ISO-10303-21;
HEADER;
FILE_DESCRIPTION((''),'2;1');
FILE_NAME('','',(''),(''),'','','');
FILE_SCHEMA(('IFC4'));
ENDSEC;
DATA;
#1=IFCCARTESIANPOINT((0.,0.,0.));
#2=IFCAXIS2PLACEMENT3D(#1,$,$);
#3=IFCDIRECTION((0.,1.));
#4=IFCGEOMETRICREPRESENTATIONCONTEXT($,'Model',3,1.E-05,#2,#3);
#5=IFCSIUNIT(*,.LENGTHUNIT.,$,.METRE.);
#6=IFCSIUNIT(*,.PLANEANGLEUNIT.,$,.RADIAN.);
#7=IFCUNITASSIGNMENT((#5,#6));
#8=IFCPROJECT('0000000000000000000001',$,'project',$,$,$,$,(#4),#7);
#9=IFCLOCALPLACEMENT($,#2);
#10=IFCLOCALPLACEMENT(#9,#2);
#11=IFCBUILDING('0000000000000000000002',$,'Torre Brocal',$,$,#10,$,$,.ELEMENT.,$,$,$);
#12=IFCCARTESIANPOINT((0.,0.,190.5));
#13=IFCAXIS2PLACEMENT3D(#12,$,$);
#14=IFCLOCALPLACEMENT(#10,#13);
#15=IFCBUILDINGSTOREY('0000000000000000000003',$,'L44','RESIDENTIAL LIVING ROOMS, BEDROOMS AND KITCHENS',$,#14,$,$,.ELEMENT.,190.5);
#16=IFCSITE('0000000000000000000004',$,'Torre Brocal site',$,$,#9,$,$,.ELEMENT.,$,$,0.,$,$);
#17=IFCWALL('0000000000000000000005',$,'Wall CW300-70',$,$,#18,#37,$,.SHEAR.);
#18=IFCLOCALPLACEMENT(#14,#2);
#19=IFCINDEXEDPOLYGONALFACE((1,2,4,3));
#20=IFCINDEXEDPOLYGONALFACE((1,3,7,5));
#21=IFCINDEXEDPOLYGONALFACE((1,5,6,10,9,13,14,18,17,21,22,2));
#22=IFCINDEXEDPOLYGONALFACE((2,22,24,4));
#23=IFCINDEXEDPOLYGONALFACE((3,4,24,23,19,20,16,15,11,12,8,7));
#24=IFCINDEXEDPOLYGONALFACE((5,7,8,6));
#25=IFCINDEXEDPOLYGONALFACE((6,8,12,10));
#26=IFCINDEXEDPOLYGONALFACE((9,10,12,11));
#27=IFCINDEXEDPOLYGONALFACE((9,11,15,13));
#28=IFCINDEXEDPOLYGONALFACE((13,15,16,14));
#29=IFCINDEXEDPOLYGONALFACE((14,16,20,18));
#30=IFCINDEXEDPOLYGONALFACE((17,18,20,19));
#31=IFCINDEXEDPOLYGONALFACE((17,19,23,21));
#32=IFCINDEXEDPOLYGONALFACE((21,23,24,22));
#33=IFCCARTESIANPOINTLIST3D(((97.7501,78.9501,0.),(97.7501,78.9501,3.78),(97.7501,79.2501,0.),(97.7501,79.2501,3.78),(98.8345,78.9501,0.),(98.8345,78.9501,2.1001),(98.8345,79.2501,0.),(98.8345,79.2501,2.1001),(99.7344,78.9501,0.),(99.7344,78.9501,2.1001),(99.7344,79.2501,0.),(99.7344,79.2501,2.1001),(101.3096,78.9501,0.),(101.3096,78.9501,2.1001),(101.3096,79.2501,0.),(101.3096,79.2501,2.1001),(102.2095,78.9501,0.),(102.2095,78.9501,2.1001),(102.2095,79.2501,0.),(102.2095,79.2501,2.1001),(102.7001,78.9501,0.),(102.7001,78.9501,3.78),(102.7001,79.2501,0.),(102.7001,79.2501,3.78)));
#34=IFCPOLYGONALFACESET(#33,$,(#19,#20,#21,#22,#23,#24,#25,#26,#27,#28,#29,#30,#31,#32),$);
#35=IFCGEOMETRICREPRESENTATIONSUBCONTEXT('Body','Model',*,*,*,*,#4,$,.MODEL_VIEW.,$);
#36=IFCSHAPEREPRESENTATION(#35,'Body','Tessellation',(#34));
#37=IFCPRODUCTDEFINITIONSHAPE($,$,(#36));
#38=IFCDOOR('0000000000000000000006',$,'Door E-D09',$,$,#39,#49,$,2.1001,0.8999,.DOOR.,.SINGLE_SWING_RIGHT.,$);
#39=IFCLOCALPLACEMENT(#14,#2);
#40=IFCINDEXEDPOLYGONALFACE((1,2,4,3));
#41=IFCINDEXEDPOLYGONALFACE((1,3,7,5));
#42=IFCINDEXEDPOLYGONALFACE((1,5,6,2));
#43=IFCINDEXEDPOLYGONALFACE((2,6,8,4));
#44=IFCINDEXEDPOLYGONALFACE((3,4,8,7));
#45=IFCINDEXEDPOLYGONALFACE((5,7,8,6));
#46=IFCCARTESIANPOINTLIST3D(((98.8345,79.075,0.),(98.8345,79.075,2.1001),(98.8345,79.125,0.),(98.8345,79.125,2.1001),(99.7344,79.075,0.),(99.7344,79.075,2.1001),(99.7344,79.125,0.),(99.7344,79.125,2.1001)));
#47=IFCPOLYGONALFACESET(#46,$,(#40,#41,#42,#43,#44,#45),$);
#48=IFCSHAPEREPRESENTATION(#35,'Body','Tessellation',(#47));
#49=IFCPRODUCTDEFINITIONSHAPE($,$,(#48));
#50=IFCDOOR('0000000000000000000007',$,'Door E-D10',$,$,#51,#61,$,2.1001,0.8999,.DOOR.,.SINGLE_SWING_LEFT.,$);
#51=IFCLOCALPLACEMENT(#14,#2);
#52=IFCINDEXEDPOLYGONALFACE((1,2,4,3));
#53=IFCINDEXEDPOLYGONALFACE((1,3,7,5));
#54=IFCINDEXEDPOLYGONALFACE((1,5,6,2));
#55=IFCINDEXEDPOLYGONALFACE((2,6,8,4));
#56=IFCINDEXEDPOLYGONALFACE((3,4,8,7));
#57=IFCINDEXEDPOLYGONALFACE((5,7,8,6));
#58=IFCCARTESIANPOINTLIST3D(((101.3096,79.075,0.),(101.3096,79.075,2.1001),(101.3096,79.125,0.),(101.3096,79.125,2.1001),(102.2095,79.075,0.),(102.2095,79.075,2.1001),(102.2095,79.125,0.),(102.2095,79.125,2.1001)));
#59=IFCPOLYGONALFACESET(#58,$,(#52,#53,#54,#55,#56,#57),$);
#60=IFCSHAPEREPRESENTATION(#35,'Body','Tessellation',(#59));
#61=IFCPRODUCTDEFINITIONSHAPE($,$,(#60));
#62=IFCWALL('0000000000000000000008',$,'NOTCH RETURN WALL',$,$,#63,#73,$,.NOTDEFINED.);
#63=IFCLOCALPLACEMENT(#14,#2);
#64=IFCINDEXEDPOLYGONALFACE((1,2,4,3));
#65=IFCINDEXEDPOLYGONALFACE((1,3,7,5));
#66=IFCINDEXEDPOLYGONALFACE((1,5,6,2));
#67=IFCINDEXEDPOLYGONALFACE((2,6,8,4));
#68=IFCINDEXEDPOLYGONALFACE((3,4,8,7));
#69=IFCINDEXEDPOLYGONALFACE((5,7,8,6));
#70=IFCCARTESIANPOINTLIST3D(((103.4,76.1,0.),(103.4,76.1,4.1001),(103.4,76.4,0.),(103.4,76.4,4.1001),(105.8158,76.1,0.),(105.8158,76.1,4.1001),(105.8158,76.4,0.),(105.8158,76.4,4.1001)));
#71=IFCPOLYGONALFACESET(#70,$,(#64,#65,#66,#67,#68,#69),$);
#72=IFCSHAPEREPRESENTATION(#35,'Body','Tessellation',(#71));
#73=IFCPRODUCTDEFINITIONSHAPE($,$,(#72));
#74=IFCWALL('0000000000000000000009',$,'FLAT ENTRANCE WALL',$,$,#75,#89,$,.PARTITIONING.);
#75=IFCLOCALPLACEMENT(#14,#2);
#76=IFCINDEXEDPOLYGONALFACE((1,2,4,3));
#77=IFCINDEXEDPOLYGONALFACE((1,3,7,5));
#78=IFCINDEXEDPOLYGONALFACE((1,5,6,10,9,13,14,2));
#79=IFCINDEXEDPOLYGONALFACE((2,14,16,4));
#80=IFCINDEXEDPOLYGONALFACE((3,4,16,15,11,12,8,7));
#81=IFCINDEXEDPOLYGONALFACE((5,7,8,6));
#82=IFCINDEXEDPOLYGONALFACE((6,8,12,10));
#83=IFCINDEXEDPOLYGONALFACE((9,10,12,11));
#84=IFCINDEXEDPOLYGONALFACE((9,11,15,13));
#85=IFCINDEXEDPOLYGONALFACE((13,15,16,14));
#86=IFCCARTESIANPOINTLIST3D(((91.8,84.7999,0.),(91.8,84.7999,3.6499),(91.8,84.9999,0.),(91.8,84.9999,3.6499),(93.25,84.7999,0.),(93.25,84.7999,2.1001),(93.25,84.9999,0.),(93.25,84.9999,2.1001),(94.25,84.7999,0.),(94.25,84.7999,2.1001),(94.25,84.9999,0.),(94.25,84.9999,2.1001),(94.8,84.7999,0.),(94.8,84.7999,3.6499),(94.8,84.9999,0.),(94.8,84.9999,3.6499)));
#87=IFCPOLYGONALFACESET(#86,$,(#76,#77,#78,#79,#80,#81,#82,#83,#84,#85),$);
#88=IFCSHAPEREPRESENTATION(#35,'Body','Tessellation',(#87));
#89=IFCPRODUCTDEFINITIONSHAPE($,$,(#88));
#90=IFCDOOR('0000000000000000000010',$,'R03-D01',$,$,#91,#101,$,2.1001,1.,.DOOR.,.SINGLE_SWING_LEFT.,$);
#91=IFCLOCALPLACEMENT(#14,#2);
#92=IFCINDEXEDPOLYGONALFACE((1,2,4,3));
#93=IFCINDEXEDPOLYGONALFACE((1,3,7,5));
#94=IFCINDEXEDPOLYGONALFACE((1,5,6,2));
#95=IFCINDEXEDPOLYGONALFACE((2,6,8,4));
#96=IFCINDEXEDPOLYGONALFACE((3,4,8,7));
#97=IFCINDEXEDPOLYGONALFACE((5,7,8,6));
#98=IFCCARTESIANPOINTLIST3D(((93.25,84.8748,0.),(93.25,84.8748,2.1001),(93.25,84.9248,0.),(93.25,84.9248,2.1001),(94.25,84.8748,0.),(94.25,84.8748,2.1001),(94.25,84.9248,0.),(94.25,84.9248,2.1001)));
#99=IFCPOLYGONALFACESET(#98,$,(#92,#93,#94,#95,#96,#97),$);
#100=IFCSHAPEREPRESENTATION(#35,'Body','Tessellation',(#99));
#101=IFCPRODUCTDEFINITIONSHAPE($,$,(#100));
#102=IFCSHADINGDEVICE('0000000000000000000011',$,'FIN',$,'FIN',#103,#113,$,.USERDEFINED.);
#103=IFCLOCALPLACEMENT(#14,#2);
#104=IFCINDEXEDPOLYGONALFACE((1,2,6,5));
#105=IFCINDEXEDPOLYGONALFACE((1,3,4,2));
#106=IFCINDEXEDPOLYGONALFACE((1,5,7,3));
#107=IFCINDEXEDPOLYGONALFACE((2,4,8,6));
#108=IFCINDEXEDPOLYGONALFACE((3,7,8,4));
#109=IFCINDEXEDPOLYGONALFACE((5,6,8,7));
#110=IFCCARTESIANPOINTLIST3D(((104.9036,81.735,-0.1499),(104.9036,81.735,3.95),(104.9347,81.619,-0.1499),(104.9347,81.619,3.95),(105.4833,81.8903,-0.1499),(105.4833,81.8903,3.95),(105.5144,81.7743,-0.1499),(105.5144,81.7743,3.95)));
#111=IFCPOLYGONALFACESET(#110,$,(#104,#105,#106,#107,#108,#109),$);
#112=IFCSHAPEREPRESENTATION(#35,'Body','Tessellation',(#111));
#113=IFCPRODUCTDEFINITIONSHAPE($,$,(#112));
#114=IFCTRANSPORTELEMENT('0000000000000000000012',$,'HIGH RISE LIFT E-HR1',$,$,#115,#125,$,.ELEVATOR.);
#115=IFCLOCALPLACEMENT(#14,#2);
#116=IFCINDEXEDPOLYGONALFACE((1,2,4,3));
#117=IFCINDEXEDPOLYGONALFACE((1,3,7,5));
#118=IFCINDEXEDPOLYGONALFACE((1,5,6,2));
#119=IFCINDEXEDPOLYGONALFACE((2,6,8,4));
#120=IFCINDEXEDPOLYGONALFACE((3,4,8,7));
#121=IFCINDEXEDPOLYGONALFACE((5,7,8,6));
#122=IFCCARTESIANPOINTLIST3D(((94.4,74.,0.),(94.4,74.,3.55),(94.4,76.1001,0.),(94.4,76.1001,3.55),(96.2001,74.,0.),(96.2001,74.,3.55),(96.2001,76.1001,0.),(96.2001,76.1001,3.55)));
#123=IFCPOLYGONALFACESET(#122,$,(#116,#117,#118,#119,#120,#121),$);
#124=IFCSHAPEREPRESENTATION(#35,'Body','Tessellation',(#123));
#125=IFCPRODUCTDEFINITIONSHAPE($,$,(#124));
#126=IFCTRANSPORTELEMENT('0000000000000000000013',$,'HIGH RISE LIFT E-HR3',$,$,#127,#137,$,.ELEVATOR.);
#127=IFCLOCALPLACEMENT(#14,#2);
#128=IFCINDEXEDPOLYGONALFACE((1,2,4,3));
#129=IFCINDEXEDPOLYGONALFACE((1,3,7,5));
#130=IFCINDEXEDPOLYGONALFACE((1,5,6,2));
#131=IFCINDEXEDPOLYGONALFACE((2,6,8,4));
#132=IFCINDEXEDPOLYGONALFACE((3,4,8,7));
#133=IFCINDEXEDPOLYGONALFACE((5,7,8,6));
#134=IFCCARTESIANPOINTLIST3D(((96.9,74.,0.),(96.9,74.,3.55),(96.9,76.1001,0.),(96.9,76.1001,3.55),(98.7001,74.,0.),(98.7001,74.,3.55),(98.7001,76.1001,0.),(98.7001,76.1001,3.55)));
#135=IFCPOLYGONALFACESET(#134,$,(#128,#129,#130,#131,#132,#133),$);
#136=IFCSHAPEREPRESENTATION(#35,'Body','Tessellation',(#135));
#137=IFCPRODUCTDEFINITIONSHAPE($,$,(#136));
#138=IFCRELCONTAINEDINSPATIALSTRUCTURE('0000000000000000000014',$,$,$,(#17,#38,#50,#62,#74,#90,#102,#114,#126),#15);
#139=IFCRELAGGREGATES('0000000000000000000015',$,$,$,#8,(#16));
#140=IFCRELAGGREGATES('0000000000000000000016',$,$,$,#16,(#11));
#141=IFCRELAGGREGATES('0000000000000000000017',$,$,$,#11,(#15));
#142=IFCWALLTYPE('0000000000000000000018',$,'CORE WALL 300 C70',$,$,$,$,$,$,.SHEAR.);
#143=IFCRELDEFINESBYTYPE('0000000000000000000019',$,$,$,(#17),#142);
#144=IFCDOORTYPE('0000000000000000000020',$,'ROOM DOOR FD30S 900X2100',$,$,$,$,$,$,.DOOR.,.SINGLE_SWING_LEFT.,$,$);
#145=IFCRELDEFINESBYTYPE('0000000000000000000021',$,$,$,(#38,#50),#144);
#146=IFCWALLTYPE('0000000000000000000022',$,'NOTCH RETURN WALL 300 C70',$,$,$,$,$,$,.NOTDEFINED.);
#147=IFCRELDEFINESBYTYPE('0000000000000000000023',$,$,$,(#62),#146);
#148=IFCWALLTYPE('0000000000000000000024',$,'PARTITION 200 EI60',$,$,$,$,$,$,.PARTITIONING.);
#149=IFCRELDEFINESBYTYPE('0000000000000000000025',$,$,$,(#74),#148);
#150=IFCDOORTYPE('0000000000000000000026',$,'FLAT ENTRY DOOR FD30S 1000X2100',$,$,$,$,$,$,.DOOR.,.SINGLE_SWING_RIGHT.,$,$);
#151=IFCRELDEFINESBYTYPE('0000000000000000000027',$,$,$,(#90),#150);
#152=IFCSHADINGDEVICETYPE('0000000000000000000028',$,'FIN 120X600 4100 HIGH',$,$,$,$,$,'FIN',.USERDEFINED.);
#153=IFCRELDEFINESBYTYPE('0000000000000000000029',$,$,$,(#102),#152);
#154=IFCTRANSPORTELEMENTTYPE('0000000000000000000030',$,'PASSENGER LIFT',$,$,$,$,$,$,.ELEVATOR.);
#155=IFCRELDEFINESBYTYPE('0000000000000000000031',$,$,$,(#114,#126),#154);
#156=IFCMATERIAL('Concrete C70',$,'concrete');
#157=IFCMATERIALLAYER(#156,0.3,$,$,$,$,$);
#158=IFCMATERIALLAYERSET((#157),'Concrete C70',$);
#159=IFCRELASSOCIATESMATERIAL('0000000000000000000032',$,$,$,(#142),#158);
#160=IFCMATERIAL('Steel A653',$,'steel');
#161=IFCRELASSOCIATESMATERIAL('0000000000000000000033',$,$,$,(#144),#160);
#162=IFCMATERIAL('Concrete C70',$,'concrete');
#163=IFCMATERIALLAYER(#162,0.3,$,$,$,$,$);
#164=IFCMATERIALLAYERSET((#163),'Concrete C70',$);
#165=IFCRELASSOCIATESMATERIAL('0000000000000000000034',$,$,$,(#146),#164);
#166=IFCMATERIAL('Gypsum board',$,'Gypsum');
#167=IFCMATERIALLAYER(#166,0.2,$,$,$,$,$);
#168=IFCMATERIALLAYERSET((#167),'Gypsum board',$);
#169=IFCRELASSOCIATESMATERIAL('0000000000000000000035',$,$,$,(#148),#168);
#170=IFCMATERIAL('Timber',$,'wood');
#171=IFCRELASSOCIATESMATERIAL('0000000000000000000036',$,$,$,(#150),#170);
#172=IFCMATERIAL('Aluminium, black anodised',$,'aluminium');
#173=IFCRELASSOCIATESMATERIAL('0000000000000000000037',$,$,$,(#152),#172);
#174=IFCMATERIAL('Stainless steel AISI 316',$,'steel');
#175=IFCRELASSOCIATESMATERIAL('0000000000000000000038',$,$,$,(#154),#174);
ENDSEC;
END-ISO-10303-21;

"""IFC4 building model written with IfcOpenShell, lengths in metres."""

from ifc_helpers import new_model, si_unit, direction, frame, frame_2d, origin, origin_2d, place, context, subcontext, project, spatial, rectangle, extrude, material, layer, layer_set, material_profile, profile_set, type_object, element, fill, save


model = new_model("IFC4")

# Units and contexts
model_context = context("Model", 3, precision=1e-05, world=origin(), true_north=direction((0.0, 1.0)))
body_context = subcontext(model_context, "Body", "Model", "MODEL_VIEW")
ifc_project = project(units=[si_unit("LENGTHUNIT", "METRE"), si_unit("PLANEANGLEUNIT", "RADIAN")], contexts=[model_context])

# Site, building, storey
site_placement = place(None, origin())
site = spatial("IfcSite", under=ifc_project, at=site_placement, Name="Torre Brocal site", CompositionType="ELEMENT", RefElevation=0.0)
building_placement = place(site_placement, origin())
building = spatial("IfcBuilding", under=site, at=building_placement, Name="Torre Brocal", CompositionType="ELEMENT")
storey_placement = place(building_placement, frame((0.0, 0.0, 190.5)))
storey = spatial("IfcBuildingStorey", under=building, at=storey_placement, Name="L44", Description="RESIDENTIAL LIVING ROOMS, BEDROOMS AND KITCHENS", CompositionType="ELEMENT", Elevation=190.5)

# Shared definitions
ifc_material_1 = material(Name="Concrete C70", Category="concrete")
ifc_layer_1 = layer(ifc_material_1, 0.3)
ifc_layer_set_1 = layer_set([ifc_layer_1], Name="Concrete C70")
wall_type_1 = type_object("IfcWallType", Name="CORE WALL 300 C70", PredefinedType="SHEAR", material=ifc_layer_set_1)
ifc_material_2 = material(Name="Steel A653", Category="steel")
door_type_1 = type_object("IfcDoorType", Name="ROOM DOOR FD30S 900X2100", OperationType="SINGLE_SWING_LEFT", PredefinedType="DOOR", material=ifc_material_2)

# Wall, openings, doors
wall_1_placement = place(storey_placement, frame((97.75, 79.1001, 0.0), z_axis=(0.0, 0.0, 1.0), x_axis=(1.0, 0.0, 0.0)))
wall_1 = element("IfcWall", 1, at=wall_1_placement, inside=storey, type_object=wall_type_1, Name="Wall CW300-70", PredefinedType="SHEAR", context=body_context, shape_type="SweptSolid", body=[
    extrude(rectangle(XDim=4.95, YDim=0.3, at=frame_2d((2.4751, 0.0))), origin(), (0.0, 0.0, 1.0), 3.78),
])
opening_1_placement = place(wall_1_placement, frame((1.0845, 0.0, 0.0)))
opening_1 = element("IfcOpeningElement", 2, at=opening_1_placement, cuts=wall_1, PredefinedType="OPENING", context=body_context, shape_type="SweptSolid", body=[
    extrude(rectangle(XDim=0.8999, YDim=2.1001, at=frame_2d((0.45, 1.05))), frame((0.0, 0.1599, 0.0), z_axis=(0.0, -1.0, 0.0), x_axis=(1.0, 0.0, 0.0)), (0.0, 0.0, 1.0), 0.3201),
])
opening_2_placement = place(wall_1_placement, frame((3.5596, 0.0, 0.0)))
opening_2 = element("IfcOpeningElement", 3, at=opening_2_placement, cuts=wall_1, PredefinedType="OPENING", context=body_context, shape_type="SweptSolid", body=[
    extrude(rectangle(XDim=0.8999, YDim=2.1001, at=frame_2d((0.45, 1.05))), frame((0.0, 0.1599, 0.0), z_axis=(0.0, -1.0, 0.0), x_axis=(1.0, 0.0, 0.0)), (0.0, 0.0, 1.0), 0.3201),
])
door_1_placement = place(opening_1_placement, origin())
door_1 = element("IfcDoor", 4, at=door_1_placement, inside=storey, type_object=door_type_1, Name="Door E-D09", OperationType="SINGLE_SWING_RIGHT", OverallHeight=2.1001, OverallWidth=0.8999, PredefinedType="DOOR", context=body_context, shape_type="SweptSolid", body=[
    extrude(rectangle(XDim=0.8999, YDim=2.1001, at=frame_2d((0.45, 1.05))), frame((0.0, 0.0249, 0.0), z_axis=(0.0, -1.0, 0.0), x_axis=(1.0, 0.0, 0.0)), (0.0, 0.0, 1.0), 0.05),
])
fill(opening_1, door_1)
door_2_placement = place(opening_2_placement, origin())
door_2 = element("IfcDoor", 5, at=door_2_placement, inside=storey, type_object=door_type_1, Name="Door E-D10", OperationType="SINGLE_SWING_LEFT", OverallHeight=2.1001, OverallWidth=0.8999, PredefinedType="DOOR", context=body_context, shape_type="SweptSolid", body=[
    extrude(rectangle(XDim=0.8999, YDim=2.1001, at=frame_2d((0.45, 1.05))), frame((0.0, 0.0249, 0.0), z_axis=(0.0, -1.0, 0.0), x_axis=(1.0, 0.0, 0.0)), (0.0, 0.0, 1.0), 0.05),
])
fill(opening_2, door_2)

# Wall
ifc_material_3 = material(Name="Concrete C70", Category="concrete")
ifc_layer_2 = layer(ifc_material_3, 0.3)
ifc_layer_set_2 = layer_set([ifc_layer_2], Name="Concrete C70")
wall_type_2 = type_object("IfcWallType", Name="NOTCH RETURN WALL 300 C70", PredefinedType="NOTDEFINED", material=ifc_layer_set_2)
wall_2_placement = place(storey_placement, frame((103.3999, 76.25, 0.0), z_axis=(0.0, 0.0, 1.0), x_axis=(1.0, 0.0, 0.0)))
element("IfcWall", 6, at=wall_2_placement, inside=storey, type_object=wall_type_2, Name="NOTCH RETURN WALL", PredefinedType="NOTDEFINED", context=body_context, shape_type="SweptSolid", body=[
    extrude(rectangle(XDim=2.4158, YDim=0.3, at=frame_2d((1.208, 0.0))), origin(), (0.0, 0.0, 1.0), 4.1001),
])

# Wall, opening, door
ifc_material_4 = material(Name="Gypsum board", Category="Gypsum")
ifc_layer_3 = layer(ifc_material_4, 0.2)
ifc_layer_set_3 = layer_set([ifc_layer_3], Name="Gypsum board")
wall_type_3 = type_object("IfcWallType", Name="PARTITION 200 EI60", PredefinedType="PARTITIONING", material=ifc_layer_set_3)
wall_3_placement = place(storey_placement, frame((91.8, 84.8999, 0.0), z_axis=(0.0, 0.0, 1.0), x_axis=(1.0, 0.0, 0.0)))
wall_3 = element("IfcWall", 7, at=wall_3_placement, inside=storey, type_object=wall_type_3, Name="FLAT ENTRANCE WALL", PredefinedType="PARTITIONING", context=body_context, shape_type="SweptSolid", body=[
    extrude(rectangle(XDim=3.0, YDim=0.2, at=frame_2d((1.5, 0.0))), origin(), (0.0, 0.0, 1.0), 3.6499),
])
opening_3_placement = place(wall_3_placement, frame((1.45, 0.0, 0.0)))
opening_3 = element("IfcOpeningElement", 8, at=opening_3_placement, cuts=wall_3, PredefinedType="OPENING", context=body_context, shape_type="SweptSolid", body=[
    extrude(rectangle(XDim=1.0, YDim=2.1001, at=frame_2d((0.5, 1.05))), frame((0.0, 0.1099, 0.0), z_axis=(0.0, -1.0, 0.0), x_axis=(1.0, 0.0, 0.0)), (0.0, 0.0, 1.0), 0.22),
])
ifc_material_5 = material(Name="Timber", Category="wood")
door_type_2 = type_object("IfcDoorType", Name="FLAT ENTRY DOOR FD30S 1000X2100", OperationType="SINGLE_SWING_RIGHT", PredefinedType="DOOR", material=ifc_material_5)
door_3_placement = place(opening_3_placement, origin())
door_3 = element("IfcDoor", 9, at=door_3_placement, inside=storey, type_object=door_type_2, Name="R03-D01", OperationType="SINGLE_SWING_LEFT", OverallHeight=2.1001, OverallWidth=1.0, PredefinedType="DOOR", context=body_context, shape_type="SweptSolid", body=[
    extrude(rectangle(XDim=1.0, YDim=2.1001, at=frame_2d((0.5, 1.05))), frame((0.0, 0.0249, 0.0), z_axis=(0.0, -1.0, 0.0), x_axis=(1.0, 0.0, 0.0)), (0.0, 0.0, 1.0), 0.05),
])
fill(opening_3, door_3)

# Shading device
ifc_material_6 = material(Name="Aluminium, black anodised", Category="aluminium")
ifc_material_profile_1 = material_profile(ifc_material_6, rectangle(XDim=0.1201, YDim=0.6001, at=origin_2d()), Name="FIN 120X600 4100 HIGH")
ifc_profile_set_1 = profile_set([ifc_material_profile_1], Name="Aluminium, black anodised")
shading_device_type = type_object("IfcShadingDeviceType", Name="FIN 120X600 4100 HIGH", ElementType="FIN", PredefinedType="USERDEFINED", material=ifc_profile_set_1)
shading_device_placement = place(storey_placement, frame((105.209, 81.7546, -0.1499), z_axis=(0.0, 0.0, 1.0), x_axis=(-0.258819, 0.965926, 0.0)))
element("IfcShadingDevice", 10, at=shading_device_placement, inside=storey, type_object=shading_device_type, Name="FIN", ObjectType="FIN", PredefinedType="USERDEFINED", context=body_context, shape_type="SweptSolid", body=[
    extrude(rectangle(XDim=0.1201, YDim=0.6001, at=origin_2d()), origin(), (0.0, 0.0, 1.0), 4.0999),
])

# Transport elements
ifc_material_7 = material(Name="Stainless steel AISI 316", Category="steel")
transport_element_type = type_object("IfcTransportElementType", Name="PASSENGER LIFT", PredefinedType="ELEVATOR", material=ifc_material_7)
for number, where, z_axis, x_axis, name in (
    (11, (95.3, 75.05, 0.0), (0.0, 0.0, 1.0), (1.0, 0.0, 0.0), "HIGH RISE LIFT E-HR1"),
    (12, (97.8, 75.05, 0.0), (0.0, 0.0, 1.0), (1.0, 0.0, 0.0), "HIGH RISE LIFT E-HR3"),
):
    element("IfcTransportElement", number, at=place(storey_placement, frame(where, z_axis=z_axis, x_axis=x_axis)), inside=storey, type_object=transport_element_type, Name=name, PredefinedType="ELEVATOR", context=body_context, shape_type="SweptSolid", body=[
        extrude(rectangle(XDim=1.8, YDim=2.1001, at=origin_2d()), origin(), (0.0, 0.0, 1.0), 3.55),
    ])

save(model, "model.ifc")
